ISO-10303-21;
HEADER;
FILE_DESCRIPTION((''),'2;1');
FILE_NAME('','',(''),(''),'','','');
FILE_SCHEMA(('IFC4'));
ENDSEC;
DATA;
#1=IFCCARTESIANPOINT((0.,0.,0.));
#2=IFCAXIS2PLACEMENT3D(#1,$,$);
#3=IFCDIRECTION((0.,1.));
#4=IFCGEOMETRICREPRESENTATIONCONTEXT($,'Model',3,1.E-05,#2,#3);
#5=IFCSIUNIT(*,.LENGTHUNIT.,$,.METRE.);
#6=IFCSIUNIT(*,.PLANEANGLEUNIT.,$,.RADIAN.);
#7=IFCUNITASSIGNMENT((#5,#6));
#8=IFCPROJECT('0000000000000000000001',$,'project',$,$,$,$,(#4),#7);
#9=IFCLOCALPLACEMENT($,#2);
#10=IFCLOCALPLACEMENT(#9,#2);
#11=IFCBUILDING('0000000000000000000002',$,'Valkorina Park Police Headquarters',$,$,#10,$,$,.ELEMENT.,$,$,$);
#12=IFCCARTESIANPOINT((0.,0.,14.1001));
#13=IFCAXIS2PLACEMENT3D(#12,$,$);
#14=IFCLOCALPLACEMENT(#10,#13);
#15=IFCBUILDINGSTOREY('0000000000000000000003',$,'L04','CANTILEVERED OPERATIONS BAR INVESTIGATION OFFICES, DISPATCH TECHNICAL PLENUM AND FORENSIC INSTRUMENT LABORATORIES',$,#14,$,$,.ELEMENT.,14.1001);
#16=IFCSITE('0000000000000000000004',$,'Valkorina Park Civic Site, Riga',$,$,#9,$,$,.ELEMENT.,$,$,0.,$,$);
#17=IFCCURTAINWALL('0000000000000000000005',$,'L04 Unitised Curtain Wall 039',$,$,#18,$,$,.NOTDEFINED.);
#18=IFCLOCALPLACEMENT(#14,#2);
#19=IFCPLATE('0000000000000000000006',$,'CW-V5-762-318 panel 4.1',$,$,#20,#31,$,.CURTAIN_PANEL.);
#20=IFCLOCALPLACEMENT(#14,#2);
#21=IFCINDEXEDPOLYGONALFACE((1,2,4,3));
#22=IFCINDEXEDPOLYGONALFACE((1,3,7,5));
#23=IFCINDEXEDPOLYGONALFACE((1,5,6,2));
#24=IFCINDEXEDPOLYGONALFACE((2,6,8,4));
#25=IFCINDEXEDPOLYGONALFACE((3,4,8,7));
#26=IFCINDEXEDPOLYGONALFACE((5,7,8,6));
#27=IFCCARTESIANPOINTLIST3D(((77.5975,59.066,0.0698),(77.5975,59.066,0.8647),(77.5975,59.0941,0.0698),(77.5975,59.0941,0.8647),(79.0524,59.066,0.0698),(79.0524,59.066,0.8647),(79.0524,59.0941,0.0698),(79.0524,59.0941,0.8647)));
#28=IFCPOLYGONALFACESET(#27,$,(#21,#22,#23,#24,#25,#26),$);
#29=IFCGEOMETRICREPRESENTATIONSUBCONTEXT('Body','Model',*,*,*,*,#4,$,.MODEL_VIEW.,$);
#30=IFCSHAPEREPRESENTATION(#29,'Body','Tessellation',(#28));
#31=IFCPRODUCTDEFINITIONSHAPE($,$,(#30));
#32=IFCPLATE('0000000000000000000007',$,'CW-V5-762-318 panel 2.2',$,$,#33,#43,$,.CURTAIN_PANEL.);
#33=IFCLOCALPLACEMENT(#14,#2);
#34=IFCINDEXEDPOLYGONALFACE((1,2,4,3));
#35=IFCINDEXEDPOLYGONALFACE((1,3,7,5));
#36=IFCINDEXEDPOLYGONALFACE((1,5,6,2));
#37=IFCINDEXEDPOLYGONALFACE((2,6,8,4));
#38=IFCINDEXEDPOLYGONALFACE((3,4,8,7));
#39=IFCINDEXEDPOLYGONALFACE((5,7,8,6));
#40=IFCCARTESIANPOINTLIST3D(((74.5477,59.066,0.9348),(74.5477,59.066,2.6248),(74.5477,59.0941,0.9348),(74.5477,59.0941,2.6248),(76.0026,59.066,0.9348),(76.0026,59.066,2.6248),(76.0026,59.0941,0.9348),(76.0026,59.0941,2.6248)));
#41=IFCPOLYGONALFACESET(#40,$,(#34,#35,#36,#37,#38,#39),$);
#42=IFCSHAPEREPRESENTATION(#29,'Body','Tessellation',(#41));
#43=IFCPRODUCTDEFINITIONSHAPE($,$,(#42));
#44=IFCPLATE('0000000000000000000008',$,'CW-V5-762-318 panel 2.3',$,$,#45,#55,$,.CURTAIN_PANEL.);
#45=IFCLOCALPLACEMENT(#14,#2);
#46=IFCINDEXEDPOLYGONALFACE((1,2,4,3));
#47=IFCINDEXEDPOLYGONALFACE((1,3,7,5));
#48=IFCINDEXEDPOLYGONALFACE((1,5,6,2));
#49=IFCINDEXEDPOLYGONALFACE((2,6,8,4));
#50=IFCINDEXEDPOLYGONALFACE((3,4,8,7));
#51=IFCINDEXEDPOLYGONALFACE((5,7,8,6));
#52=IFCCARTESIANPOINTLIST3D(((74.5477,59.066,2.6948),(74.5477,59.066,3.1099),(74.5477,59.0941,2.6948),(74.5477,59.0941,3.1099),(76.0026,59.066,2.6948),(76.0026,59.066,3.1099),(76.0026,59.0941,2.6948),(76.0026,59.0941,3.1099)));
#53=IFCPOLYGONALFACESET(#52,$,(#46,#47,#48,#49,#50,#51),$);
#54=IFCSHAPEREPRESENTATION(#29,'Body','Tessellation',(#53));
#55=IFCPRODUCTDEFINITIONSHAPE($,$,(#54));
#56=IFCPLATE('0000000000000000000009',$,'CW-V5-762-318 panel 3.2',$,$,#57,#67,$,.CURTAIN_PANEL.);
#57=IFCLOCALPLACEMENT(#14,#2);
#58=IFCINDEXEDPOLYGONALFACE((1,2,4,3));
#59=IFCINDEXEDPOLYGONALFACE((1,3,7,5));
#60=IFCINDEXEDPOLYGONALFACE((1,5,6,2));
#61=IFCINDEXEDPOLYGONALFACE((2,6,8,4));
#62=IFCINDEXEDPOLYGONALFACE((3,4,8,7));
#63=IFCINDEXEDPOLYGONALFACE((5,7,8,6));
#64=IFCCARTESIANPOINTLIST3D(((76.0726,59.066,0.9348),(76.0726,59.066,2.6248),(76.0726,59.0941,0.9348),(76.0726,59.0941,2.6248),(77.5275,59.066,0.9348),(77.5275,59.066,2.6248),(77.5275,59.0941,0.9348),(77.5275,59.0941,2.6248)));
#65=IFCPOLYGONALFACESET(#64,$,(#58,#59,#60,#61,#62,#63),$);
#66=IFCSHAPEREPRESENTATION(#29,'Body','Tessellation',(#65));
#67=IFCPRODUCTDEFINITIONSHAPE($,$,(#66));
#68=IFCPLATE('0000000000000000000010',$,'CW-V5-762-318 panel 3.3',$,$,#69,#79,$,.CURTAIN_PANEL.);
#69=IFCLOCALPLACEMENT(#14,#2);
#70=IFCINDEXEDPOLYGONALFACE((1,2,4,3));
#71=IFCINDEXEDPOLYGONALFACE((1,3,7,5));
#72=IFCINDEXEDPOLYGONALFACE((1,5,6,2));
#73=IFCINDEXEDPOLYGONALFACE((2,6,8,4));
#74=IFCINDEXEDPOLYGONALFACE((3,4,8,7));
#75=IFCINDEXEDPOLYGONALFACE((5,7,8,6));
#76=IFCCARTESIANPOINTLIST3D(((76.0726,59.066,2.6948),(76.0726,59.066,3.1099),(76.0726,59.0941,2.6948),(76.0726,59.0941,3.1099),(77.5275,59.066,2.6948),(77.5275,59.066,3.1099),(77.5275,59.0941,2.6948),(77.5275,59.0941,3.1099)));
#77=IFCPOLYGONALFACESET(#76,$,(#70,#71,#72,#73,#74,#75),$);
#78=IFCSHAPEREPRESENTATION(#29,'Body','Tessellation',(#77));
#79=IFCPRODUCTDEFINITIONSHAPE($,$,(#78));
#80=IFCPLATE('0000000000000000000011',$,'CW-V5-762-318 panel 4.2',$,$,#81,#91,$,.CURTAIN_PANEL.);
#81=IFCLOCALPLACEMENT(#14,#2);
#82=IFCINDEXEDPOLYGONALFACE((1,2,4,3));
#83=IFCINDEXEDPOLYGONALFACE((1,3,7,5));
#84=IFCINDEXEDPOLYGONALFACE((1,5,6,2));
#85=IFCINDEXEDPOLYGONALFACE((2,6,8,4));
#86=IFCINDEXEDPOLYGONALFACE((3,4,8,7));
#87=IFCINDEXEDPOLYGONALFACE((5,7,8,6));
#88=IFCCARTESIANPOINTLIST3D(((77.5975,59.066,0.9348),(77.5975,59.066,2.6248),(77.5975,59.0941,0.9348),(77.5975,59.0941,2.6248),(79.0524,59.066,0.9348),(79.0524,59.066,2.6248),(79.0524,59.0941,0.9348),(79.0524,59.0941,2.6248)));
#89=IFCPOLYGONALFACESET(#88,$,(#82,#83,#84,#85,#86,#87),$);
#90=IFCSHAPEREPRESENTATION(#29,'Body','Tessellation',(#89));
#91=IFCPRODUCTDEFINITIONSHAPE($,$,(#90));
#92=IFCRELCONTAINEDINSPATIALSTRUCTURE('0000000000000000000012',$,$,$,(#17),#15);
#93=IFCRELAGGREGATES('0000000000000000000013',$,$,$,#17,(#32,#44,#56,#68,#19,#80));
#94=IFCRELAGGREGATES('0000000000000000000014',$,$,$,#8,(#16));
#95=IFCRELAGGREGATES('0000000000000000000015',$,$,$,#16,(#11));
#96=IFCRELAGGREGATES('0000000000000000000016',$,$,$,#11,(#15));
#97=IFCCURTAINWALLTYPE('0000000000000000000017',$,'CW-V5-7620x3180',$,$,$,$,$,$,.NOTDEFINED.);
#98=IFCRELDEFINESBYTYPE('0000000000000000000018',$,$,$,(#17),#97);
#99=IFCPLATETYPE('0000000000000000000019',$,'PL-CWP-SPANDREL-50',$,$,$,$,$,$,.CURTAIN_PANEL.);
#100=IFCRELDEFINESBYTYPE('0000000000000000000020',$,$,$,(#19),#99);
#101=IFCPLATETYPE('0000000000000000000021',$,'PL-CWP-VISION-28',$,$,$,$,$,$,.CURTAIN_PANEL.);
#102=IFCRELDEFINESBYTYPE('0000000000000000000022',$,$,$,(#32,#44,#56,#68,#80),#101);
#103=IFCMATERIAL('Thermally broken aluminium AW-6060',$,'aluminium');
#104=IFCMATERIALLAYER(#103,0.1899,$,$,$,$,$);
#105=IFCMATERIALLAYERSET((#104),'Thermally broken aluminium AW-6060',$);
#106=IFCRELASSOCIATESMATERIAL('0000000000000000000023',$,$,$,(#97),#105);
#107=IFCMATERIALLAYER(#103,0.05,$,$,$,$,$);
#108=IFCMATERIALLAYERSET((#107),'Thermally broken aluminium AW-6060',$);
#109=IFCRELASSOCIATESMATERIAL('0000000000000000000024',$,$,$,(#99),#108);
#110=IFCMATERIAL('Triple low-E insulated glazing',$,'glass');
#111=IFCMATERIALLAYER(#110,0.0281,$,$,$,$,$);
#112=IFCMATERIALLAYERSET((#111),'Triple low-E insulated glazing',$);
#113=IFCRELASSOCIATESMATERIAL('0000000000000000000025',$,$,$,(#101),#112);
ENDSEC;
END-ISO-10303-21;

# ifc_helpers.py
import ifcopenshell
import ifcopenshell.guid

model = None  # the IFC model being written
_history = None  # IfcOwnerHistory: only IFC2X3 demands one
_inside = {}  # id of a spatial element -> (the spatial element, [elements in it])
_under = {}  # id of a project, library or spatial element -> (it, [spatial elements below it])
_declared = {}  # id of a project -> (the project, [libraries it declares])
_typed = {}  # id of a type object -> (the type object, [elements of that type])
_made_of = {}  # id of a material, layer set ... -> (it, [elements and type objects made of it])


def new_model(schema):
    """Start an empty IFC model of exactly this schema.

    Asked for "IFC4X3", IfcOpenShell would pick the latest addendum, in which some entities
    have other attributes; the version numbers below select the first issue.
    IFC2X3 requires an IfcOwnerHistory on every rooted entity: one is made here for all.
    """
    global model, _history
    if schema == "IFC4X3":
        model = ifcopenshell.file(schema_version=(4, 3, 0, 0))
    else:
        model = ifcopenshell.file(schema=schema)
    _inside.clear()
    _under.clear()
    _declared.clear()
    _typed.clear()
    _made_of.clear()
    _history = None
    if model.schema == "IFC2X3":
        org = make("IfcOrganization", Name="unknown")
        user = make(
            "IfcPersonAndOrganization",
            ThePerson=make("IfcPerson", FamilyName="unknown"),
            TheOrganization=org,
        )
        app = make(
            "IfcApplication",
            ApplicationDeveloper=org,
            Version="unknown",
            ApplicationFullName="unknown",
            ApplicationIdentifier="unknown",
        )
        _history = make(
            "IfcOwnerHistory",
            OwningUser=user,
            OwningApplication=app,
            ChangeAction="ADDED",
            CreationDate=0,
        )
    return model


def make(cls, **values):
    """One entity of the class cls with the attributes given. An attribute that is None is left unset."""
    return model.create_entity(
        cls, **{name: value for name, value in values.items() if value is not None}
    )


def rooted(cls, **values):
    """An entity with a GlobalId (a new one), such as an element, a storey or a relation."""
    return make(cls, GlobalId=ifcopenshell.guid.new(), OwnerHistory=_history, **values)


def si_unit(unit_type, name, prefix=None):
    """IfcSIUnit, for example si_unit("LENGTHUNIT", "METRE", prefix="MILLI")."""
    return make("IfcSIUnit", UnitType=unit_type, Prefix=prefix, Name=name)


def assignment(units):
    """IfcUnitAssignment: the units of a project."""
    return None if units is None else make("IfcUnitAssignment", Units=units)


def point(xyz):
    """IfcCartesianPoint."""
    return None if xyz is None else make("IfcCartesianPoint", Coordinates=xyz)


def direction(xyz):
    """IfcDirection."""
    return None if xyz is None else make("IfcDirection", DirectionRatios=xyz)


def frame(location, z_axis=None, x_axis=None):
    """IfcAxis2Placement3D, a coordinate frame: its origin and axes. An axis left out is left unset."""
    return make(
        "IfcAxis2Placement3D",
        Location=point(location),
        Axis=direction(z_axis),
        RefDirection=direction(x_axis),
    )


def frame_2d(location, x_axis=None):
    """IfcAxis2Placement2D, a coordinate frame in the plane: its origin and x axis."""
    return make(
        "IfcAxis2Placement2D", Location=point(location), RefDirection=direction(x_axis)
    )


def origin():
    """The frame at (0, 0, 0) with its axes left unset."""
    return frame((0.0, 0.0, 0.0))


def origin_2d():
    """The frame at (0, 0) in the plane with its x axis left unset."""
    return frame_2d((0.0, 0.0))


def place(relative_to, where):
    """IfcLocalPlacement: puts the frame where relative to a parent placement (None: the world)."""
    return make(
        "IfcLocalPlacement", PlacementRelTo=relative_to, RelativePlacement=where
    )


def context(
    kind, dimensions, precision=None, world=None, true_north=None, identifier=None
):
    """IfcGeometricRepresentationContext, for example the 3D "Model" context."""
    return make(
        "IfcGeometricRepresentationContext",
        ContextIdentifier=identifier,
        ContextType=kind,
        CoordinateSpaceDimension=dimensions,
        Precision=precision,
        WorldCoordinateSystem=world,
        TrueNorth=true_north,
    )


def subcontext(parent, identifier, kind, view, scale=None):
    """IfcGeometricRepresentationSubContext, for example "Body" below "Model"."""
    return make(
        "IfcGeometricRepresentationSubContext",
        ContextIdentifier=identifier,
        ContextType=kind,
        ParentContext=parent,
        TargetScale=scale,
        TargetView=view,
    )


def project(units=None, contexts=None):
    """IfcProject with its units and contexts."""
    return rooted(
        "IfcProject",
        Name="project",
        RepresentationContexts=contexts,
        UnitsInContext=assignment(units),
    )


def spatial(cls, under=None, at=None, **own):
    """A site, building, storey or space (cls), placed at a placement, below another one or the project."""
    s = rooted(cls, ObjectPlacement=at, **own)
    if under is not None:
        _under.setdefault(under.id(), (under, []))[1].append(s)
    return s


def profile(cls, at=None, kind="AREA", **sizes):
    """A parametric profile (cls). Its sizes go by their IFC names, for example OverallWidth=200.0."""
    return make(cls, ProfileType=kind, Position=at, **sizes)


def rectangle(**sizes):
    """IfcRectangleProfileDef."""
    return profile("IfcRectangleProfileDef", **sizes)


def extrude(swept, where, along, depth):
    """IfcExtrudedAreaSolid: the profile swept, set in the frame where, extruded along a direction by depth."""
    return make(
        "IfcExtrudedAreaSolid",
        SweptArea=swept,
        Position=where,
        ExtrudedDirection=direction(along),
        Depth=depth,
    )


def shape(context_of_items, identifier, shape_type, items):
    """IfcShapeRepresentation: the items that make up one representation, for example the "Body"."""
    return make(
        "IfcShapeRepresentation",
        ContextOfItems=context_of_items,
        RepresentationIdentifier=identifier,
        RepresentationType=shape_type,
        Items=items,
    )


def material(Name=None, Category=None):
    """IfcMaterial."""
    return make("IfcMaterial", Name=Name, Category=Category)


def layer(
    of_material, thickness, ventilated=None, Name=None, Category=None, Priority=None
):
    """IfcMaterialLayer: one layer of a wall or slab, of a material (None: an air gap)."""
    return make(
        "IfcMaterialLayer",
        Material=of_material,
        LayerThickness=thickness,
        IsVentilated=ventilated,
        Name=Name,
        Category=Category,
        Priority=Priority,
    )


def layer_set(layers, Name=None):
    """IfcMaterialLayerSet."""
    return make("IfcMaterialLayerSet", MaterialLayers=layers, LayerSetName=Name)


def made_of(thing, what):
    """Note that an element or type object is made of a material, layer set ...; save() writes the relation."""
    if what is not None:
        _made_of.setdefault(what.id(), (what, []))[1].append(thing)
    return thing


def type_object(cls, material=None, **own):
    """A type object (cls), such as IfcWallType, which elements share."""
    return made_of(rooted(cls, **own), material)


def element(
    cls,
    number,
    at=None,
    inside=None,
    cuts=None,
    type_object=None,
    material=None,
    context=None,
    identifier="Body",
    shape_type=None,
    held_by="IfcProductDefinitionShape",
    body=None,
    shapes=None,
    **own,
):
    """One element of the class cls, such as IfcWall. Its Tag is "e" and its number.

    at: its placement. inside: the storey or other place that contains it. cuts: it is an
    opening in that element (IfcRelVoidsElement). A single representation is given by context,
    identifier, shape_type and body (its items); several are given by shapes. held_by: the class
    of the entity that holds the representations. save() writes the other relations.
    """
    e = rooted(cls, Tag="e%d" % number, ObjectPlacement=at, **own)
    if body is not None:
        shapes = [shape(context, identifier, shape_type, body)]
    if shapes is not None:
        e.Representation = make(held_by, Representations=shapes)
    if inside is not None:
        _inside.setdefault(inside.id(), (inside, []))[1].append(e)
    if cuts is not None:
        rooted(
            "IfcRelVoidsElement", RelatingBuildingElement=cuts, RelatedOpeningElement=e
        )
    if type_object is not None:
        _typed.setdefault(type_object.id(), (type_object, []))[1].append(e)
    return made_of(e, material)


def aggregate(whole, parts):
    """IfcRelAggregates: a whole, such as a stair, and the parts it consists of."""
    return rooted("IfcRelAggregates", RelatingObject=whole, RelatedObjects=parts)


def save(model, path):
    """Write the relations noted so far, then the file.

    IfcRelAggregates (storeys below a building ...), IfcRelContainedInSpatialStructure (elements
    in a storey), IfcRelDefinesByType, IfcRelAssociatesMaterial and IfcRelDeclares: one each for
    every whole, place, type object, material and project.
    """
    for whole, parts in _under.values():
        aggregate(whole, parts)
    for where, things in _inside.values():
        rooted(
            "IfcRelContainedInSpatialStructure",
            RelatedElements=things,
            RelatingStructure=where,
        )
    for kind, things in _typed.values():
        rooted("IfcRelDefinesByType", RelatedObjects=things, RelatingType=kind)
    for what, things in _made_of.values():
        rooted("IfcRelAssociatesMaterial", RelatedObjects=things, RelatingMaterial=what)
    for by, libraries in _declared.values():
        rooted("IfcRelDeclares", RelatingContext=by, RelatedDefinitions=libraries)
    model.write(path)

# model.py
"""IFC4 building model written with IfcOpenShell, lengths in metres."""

from ifc_helpers import new_model, si_unit, direction, frame, origin, origin_2d, place, context, subcontext, project, spatial, rectangle, extrude, material, layer, layer_set, type_object, element, aggregate, save


model = new_model("IFC4")

# Units and contexts
model_context = context("Model", 3, precision=1e-05, world=origin(), true_north=direction((0.0, 1.0)))
body_context = subcontext(model_context, "Body", "Model", "MODEL_VIEW")
ifc_project = project(units=[si_unit("LENGTHUNIT", "METRE"), si_unit("PLANEANGLEUNIT", "RADIAN")], contexts=[model_context])

# Site, building, storey
site_placement = place(None, origin())
site = spatial("IfcSite", under=ifc_project, at=site_placement, Name="Valkorina Park Civic Site, Riga", CompositionType="ELEMENT", RefElevation=0.0)
building_placement = place(site_placement, origin())
building = spatial("IfcBuilding", under=site, at=building_placement, Name="Valkorina Park Police Headquarters", CompositionType="ELEMENT")
storey_placement = place(building_placement, frame((0.0, 0.0, 14.1001)))
storey = spatial("IfcBuildingStorey", under=building, at=storey_placement, Name="L04", Description="CANTILEVERED OPERATIONS BAR INVESTIGATION OFFICES, DISPATCH TECHNICAL PLENUM AND FORENSIC INSTRUMENT LABORATORIES", CompositionType="ELEMENT", Elevation=14.1001)

# Curtain wall, plates
ifc_material_1 = material(Name="Thermally broken aluminium AW-6060", Category="aluminium")
ifc_layer_1 = layer(ifc_material_1, 0.1899)
ifc_layer_set_1 = layer_set([ifc_layer_1], Name="Thermally broken aluminium AW-6060")
curtain_wall_type = type_object("IfcCurtainWallType", Name="CW-V5-7620x3180", PredefinedType="NOTDEFINED", material=ifc_layer_set_1)
curtain_wall_placement = place(storey_placement, origin())
curtain_wall = element("IfcCurtainWall", 1, at=curtain_wall_placement, inside=storey, type_object=curtain_wall_type, Name="L04 Unitised Curtain Wall 039", PredefinedType="NOTDEFINED")
ifc_layer_2 = layer(ifc_material_1, 0.05)
ifc_layer_set_2 = layer_set([ifc_layer_2], Name="Thermally broken aluminium AW-6060")
plate_type_1 = type_object("IfcPlateType", Name="PL-CWP-SPANDREL-50", PredefinedType="CURTAIN_PANEL", material=ifc_layer_set_2)
plate_1_placement = place(storey_placement, frame((78.325, 59.0801, 0.0698), z_axis=(0.0, 0.0, 1.0), x_axis=(1.0, 0.0, 0.0)))
plate_1 = element("IfcPlate", 2, at=plate_1_placement, type_object=plate_type_1, Name="CW-V5-762-318 panel 4.1", PredefinedType="CURTAIN_PANEL", context=body_context, shape_type="SweptSolid", body=[
    extrude(rectangle(XDim=1.4548, YDim=0.0281, at=origin_2d()), origin(), (0.0, 0.0, 1.0), 0.7949),
])
ifc_material_2 = material(Name="Triple low-E insulated glazing", Category="glass")
ifc_layer_3 = layer(ifc_material_2, 0.0281)
ifc_layer_set_3 = layer_set([ifc_layer_3], Name="Triple low-E insulated glazing")
plate_type_2 = type_object("IfcPlateType", Name="PL-CWP-VISION-28", PredefinedType="CURTAIN_PANEL", material=ifc_layer_set_3)
plate_2_placement = place(storey_placement, frame((75.2751, 59.0801, 0.9348), z_axis=(0.0, 0.0, 1.0), x_axis=(1.0, 0.0, 0.0)))
plate_2 = element("IfcPlate", 3, at=plate_2_placement, type_object=plate_type_2, Name="CW-V5-762-318 panel 2.2", PredefinedType="CURTAIN_PANEL", context=body_context, shape_type="SweptSolid", body=[
    extrude(rectangle(XDim=1.4548, YDim=0.0281, at=origin_2d()), origin(), (0.0, 0.0, 1.0), 1.6899),
])
plate_3_placement = place(storey_placement, frame((75.2751, 59.0801, 2.6948), z_axis=(0.0, 0.0, 1.0), x_axis=(1.0, 0.0, 0.0)))
plate_3 = element("IfcPlate", 4, at=plate_3_placement, type_object=plate_type_2, Name="CW-V5-762-318 panel 2.3", PredefinedType="CURTAIN_PANEL", context=body_context, shape_type="SweptSolid", body=[
    extrude(rectangle(XDim=1.4548, YDim=0.0281, at=origin_2d()), origin(), (0.0, 0.0, 1.0), 0.415),
])
plate_4_placement = place(storey_placement, frame((76.8, 59.0801, 0.9348), z_axis=(0.0, 0.0, 1.0), x_axis=(1.0, 0.0, 0.0)))
plate_4 = element("IfcPlate", 5, at=plate_4_placement, type_object=plate_type_2, Name="CW-V5-762-318 panel 3.2", PredefinedType="CURTAIN_PANEL", context=body_context, shape_type="SweptSolid", body=[
    extrude(rectangle(XDim=1.4548, YDim=0.0281, at=origin_2d()), origin(), (0.0, 0.0, 1.0), 1.6899),
])
plate_5_placement = place(storey_placement, frame((76.8, 59.0801, 2.6948), z_axis=(0.0, 0.0, 1.0), x_axis=(1.0, 0.0, 0.0)))
plate_5 = element("IfcPlate", 6, at=plate_5_placement, type_object=plate_type_2, Name="CW-V5-762-318 panel 3.3", PredefinedType="CURTAIN_PANEL", context=body_context, shape_type="SweptSolid", body=[
    extrude(rectangle(XDim=1.4548, YDim=0.0281, at=origin_2d()), origin(), (0.0, 0.0, 1.0), 0.415),
])
plate_6_placement = place(storey_placement, frame((78.325, 59.0801, 0.9348), z_axis=(0.0, 0.0, 1.0), x_axis=(1.0, 0.0, 0.0)))
plate_6 = element("IfcPlate", 7, at=plate_6_placement, type_object=plate_type_2, Name="CW-V5-762-318 panel 4.2", PredefinedType="CURTAIN_PANEL", context=body_context, shape_type="SweptSolid", body=[
    extrude(rectangle(XDim=1.4548, YDim=0.0281, at=origin_2d()), origin(), (0.0, 0.0, 1.0), 1.6899),
])
aggregate(curtain_wall, [plate_2, plate_3, plate_4, plate_5, plate_1, plate_6])

save(model, "model.ifc")
